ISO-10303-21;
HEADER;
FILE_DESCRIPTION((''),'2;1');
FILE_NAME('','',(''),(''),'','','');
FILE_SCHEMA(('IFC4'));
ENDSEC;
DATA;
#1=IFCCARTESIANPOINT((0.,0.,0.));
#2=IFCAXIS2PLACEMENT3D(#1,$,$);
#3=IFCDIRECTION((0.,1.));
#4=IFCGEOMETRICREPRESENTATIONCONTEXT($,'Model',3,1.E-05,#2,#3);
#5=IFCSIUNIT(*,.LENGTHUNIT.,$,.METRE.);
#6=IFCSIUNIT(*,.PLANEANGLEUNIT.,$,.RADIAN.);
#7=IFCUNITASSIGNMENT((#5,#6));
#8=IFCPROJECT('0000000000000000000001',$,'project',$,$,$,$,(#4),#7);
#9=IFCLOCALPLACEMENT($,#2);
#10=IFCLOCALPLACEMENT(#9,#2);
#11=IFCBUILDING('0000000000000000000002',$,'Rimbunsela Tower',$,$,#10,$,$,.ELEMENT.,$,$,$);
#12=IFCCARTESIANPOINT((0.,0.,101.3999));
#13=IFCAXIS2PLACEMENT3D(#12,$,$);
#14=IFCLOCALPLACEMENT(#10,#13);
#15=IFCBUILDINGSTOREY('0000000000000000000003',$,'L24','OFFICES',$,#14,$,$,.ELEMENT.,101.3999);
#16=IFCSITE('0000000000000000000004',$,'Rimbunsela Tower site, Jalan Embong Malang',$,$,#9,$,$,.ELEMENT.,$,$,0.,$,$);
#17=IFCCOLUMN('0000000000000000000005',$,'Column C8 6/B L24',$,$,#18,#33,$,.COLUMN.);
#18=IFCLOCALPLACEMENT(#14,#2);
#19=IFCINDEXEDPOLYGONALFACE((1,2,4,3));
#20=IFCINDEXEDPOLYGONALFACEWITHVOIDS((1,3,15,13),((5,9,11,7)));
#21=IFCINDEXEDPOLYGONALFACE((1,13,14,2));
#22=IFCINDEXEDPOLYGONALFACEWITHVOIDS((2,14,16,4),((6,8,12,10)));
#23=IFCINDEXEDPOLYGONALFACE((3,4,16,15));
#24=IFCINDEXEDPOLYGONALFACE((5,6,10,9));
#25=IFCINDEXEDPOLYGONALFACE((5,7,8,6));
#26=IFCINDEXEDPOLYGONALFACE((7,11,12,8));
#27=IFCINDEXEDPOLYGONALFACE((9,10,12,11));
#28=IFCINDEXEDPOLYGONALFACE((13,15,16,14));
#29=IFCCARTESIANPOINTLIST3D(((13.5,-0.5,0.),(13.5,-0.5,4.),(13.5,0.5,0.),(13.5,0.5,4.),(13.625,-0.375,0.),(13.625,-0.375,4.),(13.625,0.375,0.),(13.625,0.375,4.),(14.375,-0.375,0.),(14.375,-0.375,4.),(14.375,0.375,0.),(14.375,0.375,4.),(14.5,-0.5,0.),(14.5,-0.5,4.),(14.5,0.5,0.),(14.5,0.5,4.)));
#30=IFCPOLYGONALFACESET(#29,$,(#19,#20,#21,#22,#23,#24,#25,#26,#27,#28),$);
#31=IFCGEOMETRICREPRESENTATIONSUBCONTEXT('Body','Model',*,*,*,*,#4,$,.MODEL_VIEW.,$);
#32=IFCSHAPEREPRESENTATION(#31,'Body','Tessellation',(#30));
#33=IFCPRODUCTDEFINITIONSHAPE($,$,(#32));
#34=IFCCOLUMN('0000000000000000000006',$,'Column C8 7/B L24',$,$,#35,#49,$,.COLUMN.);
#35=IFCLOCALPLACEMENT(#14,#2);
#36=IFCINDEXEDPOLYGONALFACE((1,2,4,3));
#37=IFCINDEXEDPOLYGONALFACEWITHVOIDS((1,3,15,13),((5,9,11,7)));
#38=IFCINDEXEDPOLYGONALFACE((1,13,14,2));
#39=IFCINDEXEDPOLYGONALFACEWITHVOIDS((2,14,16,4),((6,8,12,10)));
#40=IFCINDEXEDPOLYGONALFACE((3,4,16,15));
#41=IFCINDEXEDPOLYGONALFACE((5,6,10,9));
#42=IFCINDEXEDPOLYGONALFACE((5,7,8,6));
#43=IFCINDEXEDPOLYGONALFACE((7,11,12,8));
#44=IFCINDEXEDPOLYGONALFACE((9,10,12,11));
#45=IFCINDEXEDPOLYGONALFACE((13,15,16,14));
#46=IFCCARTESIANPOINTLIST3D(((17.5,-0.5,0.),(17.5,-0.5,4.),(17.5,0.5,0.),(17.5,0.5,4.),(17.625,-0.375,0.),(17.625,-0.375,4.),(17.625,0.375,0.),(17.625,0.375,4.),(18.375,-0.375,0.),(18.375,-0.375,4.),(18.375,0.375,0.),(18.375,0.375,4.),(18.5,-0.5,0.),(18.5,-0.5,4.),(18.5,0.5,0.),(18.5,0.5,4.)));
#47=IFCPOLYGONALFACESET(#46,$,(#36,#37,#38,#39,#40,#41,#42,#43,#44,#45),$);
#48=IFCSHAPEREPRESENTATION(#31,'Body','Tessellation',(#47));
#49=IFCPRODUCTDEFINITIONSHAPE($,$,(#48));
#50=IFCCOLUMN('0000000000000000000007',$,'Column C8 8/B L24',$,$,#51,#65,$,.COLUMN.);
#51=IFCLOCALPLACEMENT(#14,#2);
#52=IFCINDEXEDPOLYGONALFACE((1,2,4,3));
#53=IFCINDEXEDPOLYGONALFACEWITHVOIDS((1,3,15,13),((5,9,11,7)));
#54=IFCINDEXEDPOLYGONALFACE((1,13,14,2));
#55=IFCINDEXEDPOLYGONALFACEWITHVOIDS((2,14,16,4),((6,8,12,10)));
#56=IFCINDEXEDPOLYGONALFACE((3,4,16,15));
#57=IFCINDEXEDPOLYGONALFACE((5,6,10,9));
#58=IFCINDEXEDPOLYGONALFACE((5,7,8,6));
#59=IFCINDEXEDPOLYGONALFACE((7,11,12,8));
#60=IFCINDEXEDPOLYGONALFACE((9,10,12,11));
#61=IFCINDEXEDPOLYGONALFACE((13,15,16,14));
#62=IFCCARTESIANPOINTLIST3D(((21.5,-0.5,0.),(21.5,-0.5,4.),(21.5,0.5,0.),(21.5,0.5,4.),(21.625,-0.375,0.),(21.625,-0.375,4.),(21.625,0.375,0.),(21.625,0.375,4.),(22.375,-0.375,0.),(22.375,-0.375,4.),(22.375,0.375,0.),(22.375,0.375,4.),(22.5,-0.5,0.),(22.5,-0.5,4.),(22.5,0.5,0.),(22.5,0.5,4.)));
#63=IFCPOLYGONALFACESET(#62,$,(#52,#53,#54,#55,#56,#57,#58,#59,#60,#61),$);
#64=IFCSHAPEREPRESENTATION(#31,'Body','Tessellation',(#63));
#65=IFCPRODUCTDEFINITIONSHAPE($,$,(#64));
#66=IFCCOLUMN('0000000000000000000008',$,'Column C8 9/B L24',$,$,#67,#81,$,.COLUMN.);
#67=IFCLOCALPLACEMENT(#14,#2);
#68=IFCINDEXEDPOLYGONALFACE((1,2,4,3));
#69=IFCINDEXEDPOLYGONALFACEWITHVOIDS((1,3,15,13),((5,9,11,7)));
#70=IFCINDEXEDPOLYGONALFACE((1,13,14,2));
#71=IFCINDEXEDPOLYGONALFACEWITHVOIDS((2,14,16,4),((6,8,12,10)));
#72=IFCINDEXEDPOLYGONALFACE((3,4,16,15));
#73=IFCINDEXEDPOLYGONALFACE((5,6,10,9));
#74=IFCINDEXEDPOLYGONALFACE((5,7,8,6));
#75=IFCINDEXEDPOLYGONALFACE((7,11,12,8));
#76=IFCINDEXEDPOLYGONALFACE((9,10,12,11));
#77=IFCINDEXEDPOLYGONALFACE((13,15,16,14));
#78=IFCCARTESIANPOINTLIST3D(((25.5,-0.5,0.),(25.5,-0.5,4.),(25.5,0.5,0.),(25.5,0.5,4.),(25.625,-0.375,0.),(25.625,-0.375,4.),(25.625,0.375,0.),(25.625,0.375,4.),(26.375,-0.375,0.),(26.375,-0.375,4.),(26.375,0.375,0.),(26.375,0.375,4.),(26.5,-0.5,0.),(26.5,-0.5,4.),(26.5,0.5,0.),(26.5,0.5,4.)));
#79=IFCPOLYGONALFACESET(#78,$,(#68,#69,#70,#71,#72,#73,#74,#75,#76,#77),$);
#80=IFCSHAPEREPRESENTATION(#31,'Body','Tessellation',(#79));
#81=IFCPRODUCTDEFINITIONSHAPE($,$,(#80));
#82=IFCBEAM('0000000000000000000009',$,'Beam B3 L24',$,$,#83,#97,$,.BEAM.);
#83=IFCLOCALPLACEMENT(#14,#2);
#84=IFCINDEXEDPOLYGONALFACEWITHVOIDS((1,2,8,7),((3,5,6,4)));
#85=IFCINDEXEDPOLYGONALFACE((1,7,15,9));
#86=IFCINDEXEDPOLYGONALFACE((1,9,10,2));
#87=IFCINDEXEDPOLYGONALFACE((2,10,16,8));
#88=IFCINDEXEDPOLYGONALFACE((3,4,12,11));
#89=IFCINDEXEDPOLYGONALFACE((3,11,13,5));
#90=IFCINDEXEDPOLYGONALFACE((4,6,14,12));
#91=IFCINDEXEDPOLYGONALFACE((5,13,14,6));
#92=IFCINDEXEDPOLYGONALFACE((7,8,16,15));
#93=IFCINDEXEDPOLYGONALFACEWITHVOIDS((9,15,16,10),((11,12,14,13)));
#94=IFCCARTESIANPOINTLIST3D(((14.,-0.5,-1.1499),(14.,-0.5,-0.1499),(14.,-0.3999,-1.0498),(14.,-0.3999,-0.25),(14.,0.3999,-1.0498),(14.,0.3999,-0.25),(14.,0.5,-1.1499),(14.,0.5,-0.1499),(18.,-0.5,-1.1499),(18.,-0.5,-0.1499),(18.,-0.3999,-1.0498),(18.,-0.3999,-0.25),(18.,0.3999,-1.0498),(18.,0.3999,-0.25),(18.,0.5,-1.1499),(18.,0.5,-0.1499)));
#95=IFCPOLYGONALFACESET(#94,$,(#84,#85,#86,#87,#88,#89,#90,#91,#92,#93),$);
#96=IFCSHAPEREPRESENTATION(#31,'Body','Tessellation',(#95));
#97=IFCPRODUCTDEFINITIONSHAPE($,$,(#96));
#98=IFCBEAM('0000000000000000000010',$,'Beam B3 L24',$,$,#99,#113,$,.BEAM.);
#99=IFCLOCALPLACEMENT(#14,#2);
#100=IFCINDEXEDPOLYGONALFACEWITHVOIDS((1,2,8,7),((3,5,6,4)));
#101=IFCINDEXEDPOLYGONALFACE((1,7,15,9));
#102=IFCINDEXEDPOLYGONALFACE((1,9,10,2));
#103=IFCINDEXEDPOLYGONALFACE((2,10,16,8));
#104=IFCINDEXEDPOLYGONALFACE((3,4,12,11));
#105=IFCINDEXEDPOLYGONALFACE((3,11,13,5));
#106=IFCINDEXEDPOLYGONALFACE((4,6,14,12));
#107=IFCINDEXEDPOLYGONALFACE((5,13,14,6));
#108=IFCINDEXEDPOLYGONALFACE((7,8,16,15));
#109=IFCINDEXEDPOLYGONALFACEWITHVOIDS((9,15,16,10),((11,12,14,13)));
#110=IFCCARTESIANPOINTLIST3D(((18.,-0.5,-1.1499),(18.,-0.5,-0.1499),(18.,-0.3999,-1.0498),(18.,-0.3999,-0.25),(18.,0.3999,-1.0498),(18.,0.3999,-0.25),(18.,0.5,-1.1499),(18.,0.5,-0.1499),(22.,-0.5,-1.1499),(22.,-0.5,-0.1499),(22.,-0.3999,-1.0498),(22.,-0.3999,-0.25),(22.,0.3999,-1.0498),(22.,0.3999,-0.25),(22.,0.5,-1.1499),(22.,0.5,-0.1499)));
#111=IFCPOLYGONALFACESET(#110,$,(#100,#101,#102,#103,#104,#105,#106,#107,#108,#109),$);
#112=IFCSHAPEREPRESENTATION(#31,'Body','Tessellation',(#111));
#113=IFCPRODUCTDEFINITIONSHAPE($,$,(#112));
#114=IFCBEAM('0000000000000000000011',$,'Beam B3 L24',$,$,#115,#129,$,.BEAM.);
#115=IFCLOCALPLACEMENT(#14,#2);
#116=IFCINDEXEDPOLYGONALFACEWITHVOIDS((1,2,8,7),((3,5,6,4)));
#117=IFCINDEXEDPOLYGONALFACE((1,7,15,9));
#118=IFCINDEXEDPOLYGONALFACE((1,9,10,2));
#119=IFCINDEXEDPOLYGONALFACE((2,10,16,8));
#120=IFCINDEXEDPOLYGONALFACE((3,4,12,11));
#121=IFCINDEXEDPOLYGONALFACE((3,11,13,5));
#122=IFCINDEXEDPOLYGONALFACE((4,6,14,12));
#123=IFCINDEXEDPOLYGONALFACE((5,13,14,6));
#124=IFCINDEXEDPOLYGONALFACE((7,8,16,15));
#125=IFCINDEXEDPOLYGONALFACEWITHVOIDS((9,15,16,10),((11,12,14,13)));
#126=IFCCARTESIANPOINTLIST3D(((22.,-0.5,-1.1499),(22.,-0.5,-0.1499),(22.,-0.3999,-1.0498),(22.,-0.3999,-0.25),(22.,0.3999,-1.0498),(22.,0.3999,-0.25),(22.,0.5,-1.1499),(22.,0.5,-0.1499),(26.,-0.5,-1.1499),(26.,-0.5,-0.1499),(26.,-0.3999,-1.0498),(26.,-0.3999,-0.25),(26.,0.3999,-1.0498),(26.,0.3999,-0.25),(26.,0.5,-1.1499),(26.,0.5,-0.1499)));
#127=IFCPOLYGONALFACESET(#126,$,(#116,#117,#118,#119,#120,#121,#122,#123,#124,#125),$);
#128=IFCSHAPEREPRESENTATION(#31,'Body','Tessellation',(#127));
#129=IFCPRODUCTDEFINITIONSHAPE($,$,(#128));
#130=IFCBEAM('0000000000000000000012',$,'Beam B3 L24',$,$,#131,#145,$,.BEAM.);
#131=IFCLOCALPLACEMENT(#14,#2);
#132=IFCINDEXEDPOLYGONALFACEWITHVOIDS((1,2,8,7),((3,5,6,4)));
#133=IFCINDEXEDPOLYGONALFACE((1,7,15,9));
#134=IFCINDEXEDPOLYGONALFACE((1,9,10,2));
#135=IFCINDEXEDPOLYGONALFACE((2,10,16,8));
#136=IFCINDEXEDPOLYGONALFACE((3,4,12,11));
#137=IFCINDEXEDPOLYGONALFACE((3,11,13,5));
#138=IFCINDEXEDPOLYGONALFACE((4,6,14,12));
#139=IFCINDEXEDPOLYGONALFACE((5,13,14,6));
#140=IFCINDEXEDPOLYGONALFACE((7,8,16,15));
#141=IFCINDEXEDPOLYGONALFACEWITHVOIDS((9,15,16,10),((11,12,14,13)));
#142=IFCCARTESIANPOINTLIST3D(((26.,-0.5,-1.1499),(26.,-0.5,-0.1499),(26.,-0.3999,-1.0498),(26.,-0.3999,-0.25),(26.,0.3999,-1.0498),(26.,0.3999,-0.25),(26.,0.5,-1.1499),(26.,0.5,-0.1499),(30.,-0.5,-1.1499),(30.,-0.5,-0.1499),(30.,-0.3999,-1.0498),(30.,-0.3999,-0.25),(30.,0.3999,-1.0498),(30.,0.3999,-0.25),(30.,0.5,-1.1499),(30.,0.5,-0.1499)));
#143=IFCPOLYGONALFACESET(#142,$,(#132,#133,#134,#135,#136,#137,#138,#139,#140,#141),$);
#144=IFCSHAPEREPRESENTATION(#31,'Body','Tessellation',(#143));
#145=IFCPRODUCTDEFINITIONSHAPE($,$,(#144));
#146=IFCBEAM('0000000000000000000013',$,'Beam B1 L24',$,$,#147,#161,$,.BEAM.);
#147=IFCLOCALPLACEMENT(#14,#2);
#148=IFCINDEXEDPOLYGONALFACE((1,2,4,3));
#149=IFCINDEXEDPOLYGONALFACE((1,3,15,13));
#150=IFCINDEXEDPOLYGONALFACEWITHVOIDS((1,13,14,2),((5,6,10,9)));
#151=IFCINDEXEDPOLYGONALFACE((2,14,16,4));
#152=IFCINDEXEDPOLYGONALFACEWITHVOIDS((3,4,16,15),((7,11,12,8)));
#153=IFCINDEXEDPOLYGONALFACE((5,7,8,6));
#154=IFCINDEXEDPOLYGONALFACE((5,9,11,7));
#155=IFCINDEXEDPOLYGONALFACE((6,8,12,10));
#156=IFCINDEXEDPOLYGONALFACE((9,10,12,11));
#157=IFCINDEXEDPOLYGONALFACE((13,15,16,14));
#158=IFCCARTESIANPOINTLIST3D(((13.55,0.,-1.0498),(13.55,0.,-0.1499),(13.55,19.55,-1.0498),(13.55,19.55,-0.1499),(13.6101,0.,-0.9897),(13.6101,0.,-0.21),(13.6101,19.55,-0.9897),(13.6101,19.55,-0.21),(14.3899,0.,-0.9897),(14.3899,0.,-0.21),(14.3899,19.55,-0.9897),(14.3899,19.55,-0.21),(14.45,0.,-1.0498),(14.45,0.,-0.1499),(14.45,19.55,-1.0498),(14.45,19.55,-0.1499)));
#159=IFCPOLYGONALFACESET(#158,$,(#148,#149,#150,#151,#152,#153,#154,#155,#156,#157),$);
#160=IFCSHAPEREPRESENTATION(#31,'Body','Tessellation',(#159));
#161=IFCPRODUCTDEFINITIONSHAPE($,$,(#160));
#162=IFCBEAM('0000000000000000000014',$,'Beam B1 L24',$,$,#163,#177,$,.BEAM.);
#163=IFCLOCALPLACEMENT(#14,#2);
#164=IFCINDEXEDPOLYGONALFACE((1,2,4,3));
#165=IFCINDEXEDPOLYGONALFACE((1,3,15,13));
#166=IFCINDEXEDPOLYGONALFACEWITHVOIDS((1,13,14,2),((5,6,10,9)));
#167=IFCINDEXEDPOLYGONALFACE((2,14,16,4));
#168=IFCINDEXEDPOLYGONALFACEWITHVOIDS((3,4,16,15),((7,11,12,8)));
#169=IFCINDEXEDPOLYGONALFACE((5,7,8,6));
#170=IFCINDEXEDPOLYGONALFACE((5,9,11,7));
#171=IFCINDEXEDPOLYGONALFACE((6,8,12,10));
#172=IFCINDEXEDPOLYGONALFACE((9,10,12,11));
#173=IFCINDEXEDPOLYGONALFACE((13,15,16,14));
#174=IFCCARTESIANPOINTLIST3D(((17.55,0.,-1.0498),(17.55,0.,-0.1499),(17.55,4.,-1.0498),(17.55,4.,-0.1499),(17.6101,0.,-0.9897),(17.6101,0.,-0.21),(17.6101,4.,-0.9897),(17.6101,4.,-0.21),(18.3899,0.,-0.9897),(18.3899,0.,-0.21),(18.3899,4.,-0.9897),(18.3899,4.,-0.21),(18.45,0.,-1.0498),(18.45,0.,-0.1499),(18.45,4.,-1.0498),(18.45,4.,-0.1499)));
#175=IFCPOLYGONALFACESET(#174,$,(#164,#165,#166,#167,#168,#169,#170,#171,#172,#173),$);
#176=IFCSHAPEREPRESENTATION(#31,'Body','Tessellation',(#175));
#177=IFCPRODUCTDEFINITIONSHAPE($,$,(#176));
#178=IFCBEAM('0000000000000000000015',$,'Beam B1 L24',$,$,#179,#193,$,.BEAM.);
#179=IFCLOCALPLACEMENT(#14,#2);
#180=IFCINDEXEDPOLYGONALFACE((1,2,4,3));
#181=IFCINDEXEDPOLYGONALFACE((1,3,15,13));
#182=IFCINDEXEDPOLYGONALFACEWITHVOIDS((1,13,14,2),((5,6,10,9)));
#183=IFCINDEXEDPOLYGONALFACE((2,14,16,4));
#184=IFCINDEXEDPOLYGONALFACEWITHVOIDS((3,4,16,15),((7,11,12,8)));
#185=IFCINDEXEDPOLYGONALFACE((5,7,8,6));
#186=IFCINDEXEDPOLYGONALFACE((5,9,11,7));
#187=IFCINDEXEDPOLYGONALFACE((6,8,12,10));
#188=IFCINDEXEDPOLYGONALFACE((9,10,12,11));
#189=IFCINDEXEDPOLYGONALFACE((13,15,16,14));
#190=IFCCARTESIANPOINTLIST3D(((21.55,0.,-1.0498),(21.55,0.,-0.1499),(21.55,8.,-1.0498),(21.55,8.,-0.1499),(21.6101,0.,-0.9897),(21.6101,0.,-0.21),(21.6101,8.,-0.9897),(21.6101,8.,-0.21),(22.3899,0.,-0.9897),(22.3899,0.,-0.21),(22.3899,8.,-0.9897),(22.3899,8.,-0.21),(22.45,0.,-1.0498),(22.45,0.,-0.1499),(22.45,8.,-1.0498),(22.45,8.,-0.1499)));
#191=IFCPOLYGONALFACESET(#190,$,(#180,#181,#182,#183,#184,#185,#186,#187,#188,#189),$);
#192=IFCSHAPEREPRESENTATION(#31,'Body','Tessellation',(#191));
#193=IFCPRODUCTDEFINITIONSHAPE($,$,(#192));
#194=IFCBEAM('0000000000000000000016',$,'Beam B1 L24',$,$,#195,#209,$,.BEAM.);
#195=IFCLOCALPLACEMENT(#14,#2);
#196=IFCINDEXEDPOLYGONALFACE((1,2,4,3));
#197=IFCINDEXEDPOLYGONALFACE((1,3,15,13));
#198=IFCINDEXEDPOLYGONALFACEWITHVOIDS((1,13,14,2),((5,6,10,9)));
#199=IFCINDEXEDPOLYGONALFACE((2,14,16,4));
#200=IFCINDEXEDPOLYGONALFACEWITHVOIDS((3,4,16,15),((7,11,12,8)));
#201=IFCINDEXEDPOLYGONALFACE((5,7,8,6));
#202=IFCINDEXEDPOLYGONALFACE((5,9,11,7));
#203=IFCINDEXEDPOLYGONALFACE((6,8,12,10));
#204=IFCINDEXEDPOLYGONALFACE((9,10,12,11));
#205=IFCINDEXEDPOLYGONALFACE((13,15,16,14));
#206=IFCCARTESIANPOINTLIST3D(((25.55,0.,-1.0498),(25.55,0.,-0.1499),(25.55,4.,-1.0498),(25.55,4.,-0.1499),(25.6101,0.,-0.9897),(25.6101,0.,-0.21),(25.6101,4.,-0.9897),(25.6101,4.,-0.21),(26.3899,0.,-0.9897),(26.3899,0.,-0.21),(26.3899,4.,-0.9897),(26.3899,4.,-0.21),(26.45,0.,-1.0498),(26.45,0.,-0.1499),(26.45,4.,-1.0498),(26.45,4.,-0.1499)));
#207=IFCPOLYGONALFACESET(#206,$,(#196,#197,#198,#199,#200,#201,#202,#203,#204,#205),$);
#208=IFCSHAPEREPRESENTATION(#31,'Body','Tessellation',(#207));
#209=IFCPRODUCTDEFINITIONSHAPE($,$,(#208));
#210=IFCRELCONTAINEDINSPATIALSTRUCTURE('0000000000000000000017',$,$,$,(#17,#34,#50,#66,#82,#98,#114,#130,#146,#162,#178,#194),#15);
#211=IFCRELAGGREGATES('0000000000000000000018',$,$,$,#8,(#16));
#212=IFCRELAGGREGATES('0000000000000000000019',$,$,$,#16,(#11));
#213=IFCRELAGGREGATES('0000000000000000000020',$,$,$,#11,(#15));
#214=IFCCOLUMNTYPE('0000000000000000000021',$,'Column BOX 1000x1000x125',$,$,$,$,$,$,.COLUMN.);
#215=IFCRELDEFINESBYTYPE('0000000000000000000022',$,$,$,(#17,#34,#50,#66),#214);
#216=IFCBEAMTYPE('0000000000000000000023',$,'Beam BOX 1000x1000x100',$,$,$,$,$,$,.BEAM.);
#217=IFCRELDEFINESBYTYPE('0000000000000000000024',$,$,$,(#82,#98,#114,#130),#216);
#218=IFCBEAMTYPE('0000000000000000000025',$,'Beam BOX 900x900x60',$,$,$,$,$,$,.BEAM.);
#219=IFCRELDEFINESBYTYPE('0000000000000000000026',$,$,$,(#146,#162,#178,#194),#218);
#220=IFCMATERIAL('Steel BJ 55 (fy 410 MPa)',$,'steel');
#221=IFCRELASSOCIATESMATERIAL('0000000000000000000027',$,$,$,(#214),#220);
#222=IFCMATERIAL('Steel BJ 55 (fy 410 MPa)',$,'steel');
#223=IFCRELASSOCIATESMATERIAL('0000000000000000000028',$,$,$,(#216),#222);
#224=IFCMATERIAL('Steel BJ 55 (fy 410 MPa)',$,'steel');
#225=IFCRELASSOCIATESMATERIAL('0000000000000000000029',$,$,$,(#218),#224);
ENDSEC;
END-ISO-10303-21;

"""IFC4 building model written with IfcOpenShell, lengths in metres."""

from ifc_helpers import new_model, si_unit, direction, frame, origin, origin_2d, place, context, subcontext, project, spatial, hollow_rectangle, extrude, material, material_profile, profile_set, type_object, element, save


model = new_model("IFC4")

# Units and contexts
model_context = context("Model", 3, precision=1e-05, world=origin(), true_north=direction((0.0, 1.0)))
body_context = subcontext(model_context, "Body", "Model", "MODEL_VIEW")
ifc_project = project(units=[si_unit("LENGTHUNIT", "METRE"), si_unit("PLANEANGLEUNIT", "RADIAN")], contexts=[model_context])

# Site, building, storey
site_placement = place(None, origin())
site = spatial("IfcSite", under=ifc_project, at=site_placement, Name="Rimbunsela Tower site, Jalan Embong Malang", CompositionType="ELEMENT", RefElevation=0.0)
building_placement = place(site_placement, origin())
building = spatial("IfcBuilding", under=site, at=building_placement, Name="Rimbunsela Tower", CompositionType="ELEMENT")
storey_placement = place(building_placement, frame((0.0, 0.0, 101.3999)))
storey = spatial("IfcBuildingStorey", under=building, at=storey_placement, Name="L24", Description="OFFICES", CompositionType="ELEMENT", Elevation=101.3999)

# Columns
ifc_material_1 = material(Name="Steel BJ 55 (fy 410 MPa)", Category="steel")
ifc_material_profile_1 = material_profile(ifc_material_1, hollow_rectangle(XDim=1.0, YDim=1.0, WallThickness=0.125, at=origin_2d()), Name="BOX 1000x1000x125")
ifc_profile_set_1 = profile_set([ifc_material_profile_1], Name="Steel BJ 55 (fy 410 MPa)")
column_type = type_object("IfcColumnType", Name="Column BOX 1000x1000x125", PredefinedType="COLUMN", material=ifc_profile_set_1)
for number, where, z_axis, x_axis, name in (
    (1, (14.0, 0.0, 0.0), (0.0, 0.0, 1.0), (1.0, 0.0, 0.0), "Column C8 6/B L24"),
    (2, (18.0, 0.0, 0.0), (0.0, 0.0, 1.0), (1.0, 0.0, 0.0), "Column C8 7/B L24"),
    (3, (22.0, 0.0, 0.0), (0.0, 0.0, 1.0), (1.0, 0.0, 0.0), "Column C8 8/B L24"),
    (4, (26.0, 0.0, 0.0), (0.0, 0.0, 1.0), (1.0, 0.0, 0.0), "Column C8 9/B L24"),
):
    element("IfcColumn", number, at=place(storey_placement, frame(where, z_axis=z_axis, x_axis=x_axis)), inside=storey, type_object=column_type, Name=name, PredefinedType="COLUMN", context=body_context, shape_type="SweptSolid", body=[
        extrude(hollow_rectangle(XDim=1.0, YDim=1.0, WallThickness=0.125, at=origin_2d()), origin(), (0.0, 0.0, 1.0), 4.0),
    ])

# Beams
ifc_material_2 = material(Name="Steel BJ 55 (fy 410 MPa)", Category="steel")
ifc_material_profile_2 = material_profile(ifc_material_2, hollow_rectangle(XDim=1.0, YDim=1.0, WallThickness=0.1001, at=origin_2d()), Name="BOX 1000x1000x100")
ifc_profile_set_2 = profile_set([ifc_material_profile_2], Name="Steel BJ 55 (fy 410 MPa)")
beam_type_1 = type_object("IfcBeamType", Name="Beam BOX 1000x1000x100", PredefinedType="BEAM", material=ifc_profile_set_2)
for number, where, z_axis, x_axis, name in (
    (5, (14.0, 0.0, -0.6499), (1.0, 0.0, 0.0), (0.0, 1.0, 0.0), "Beam B3 L24"),
    (6, (18.0, 0.0, -0.6499), (1.0, 0.0, 0.0), (0.0, 1.0, 0.0), "Beam B3 L24"),
    (7, (22.0, 0.0, -0.6499), (1.0, 0.0, 0.0), (0.0, 1.0, 0.0), "Beam B3 L24"),
    (8, (26.0, 0.0, -0.6499), (1.0, 0.0, 0.0), (0.0, 1.0, 0.0), "Beam B3 L24"),
):
    element("IfcBeam", number, at=place(storey_placement, frame(where, z_axis=z_axis, x_axis=x_axis)), inside=storey, type_object=beam_type_1, Name=name, PredefinedType="BEAM", context=body_context, shape_type="SweptSolid", body=[
        extrude(hollow_rectangle(XDim=1.0, YDim=1.0, WallThickness=0.1001, at=origin_2d()), origin(), (0.0, 0.0, 1.0), 4.0),
    ])
ifc_material_3 = material(Name="Steel BJ 55 (fy 410 MPa)", Category="steel")
ifc_material_profile_3 = material_profile(ifc_material_3, hollow_rectangle(XDim=0.8999, YDim=0.8999, WallThickness=0.0601, at=origin_2d()), Name="BOX 900x900x60")
ifc_profile_set_3 = profile_set([ifc_material_profile_3], Name="Steel BJ 55 (fy 410 MPa)")
beam_type_2 = type_object("IfcBeamType", Name="Beam BOX 900x900x60", PredefinedType="BEAM", material=ifc_profile_set_3)
beam_1_placement = place(storey_placement, frame((14.0, 0.0, -0.5999), z_axis=(0.0, 1.0, 0.0), x_axis=(-1.0, 0.0, 0.0)))
element("IfcBeam", 9, at=beam_1_placement, inside=storey, type_object=beam_type_2, Name="Beam B1 L24", PredefinedType="BEAM", context=body_context, shape_type="SweptSolid", body=[
    extrude(hollow_rectangle(XDim=0.8999, YDim=0.8999, WallThickness=0.0601, at=origin_2d()), origin(), (0.0, 0.0, 1.0), 19.55),
])
beam_2_placement = place(storey_placement, frame((18.0, 0.0, -0.5999), z_axis=(0.0, 1.0, 0.0), x_axis=(-1.0, 0.0, 0.0)))
element("IfcBeam", 10, at=beam_2_placement, inside=storey, type_object=beam_type_2, Name="Beam B1 L24", PredefinedType="BEAM", context=body_context, shape_type="SweptSolid", body=[
    extrude(hollow_rectangle(XDim=0.8999, YDim=0.8999, WallThickness=0.0601, at=origin_2d()), origin(), (0.0, 0.0, 1.0), 4.0),
])
beam_3_placement = place(storey_placement, frame((22.0, 0.0, -0.5999), z_axis=(0.0, 1.0, 0.0), x_axis=(-1.0, 0.0, 0.0)))
element("IfcBeam", 11, at=beam_3_placement, inside=storey, type_object=beam_type_2, Name="Beam B1 L24", PredefinedType="BEAM", context=body_context, shape_type="SweptSolid", body=[
    extrude(hollow_rectangle(XDim=0.8999, YDim=0.8999, WallThickness=0.0601, at=origin_2d()), origin(), (0.0, 0.0, 1.0), 8.0),
])
beam_4_placement = place(storey_placement, frame((26.0, 0.0, -0.5999), z_axis=(0.0, 1.0, 0.0), x_axis=(-1.0, 0.0, 0.0)))
element("IfcBeam", 12, at=beam_4_placement, inside=storey, type_object=beam_type_2, Name="Beam B1 L24", PredefinedType="BEAM", context=body_context, shape_type="SweptSolid", body=[
    extrude(hollow_rectangle(XDim=0.8999, YDim=0.8999, WallThickness=0.0601, at=origin_2d()), origin(), (0.0, 0.0, 1.0), 4.0),
])

save(model, "model.ifc")
